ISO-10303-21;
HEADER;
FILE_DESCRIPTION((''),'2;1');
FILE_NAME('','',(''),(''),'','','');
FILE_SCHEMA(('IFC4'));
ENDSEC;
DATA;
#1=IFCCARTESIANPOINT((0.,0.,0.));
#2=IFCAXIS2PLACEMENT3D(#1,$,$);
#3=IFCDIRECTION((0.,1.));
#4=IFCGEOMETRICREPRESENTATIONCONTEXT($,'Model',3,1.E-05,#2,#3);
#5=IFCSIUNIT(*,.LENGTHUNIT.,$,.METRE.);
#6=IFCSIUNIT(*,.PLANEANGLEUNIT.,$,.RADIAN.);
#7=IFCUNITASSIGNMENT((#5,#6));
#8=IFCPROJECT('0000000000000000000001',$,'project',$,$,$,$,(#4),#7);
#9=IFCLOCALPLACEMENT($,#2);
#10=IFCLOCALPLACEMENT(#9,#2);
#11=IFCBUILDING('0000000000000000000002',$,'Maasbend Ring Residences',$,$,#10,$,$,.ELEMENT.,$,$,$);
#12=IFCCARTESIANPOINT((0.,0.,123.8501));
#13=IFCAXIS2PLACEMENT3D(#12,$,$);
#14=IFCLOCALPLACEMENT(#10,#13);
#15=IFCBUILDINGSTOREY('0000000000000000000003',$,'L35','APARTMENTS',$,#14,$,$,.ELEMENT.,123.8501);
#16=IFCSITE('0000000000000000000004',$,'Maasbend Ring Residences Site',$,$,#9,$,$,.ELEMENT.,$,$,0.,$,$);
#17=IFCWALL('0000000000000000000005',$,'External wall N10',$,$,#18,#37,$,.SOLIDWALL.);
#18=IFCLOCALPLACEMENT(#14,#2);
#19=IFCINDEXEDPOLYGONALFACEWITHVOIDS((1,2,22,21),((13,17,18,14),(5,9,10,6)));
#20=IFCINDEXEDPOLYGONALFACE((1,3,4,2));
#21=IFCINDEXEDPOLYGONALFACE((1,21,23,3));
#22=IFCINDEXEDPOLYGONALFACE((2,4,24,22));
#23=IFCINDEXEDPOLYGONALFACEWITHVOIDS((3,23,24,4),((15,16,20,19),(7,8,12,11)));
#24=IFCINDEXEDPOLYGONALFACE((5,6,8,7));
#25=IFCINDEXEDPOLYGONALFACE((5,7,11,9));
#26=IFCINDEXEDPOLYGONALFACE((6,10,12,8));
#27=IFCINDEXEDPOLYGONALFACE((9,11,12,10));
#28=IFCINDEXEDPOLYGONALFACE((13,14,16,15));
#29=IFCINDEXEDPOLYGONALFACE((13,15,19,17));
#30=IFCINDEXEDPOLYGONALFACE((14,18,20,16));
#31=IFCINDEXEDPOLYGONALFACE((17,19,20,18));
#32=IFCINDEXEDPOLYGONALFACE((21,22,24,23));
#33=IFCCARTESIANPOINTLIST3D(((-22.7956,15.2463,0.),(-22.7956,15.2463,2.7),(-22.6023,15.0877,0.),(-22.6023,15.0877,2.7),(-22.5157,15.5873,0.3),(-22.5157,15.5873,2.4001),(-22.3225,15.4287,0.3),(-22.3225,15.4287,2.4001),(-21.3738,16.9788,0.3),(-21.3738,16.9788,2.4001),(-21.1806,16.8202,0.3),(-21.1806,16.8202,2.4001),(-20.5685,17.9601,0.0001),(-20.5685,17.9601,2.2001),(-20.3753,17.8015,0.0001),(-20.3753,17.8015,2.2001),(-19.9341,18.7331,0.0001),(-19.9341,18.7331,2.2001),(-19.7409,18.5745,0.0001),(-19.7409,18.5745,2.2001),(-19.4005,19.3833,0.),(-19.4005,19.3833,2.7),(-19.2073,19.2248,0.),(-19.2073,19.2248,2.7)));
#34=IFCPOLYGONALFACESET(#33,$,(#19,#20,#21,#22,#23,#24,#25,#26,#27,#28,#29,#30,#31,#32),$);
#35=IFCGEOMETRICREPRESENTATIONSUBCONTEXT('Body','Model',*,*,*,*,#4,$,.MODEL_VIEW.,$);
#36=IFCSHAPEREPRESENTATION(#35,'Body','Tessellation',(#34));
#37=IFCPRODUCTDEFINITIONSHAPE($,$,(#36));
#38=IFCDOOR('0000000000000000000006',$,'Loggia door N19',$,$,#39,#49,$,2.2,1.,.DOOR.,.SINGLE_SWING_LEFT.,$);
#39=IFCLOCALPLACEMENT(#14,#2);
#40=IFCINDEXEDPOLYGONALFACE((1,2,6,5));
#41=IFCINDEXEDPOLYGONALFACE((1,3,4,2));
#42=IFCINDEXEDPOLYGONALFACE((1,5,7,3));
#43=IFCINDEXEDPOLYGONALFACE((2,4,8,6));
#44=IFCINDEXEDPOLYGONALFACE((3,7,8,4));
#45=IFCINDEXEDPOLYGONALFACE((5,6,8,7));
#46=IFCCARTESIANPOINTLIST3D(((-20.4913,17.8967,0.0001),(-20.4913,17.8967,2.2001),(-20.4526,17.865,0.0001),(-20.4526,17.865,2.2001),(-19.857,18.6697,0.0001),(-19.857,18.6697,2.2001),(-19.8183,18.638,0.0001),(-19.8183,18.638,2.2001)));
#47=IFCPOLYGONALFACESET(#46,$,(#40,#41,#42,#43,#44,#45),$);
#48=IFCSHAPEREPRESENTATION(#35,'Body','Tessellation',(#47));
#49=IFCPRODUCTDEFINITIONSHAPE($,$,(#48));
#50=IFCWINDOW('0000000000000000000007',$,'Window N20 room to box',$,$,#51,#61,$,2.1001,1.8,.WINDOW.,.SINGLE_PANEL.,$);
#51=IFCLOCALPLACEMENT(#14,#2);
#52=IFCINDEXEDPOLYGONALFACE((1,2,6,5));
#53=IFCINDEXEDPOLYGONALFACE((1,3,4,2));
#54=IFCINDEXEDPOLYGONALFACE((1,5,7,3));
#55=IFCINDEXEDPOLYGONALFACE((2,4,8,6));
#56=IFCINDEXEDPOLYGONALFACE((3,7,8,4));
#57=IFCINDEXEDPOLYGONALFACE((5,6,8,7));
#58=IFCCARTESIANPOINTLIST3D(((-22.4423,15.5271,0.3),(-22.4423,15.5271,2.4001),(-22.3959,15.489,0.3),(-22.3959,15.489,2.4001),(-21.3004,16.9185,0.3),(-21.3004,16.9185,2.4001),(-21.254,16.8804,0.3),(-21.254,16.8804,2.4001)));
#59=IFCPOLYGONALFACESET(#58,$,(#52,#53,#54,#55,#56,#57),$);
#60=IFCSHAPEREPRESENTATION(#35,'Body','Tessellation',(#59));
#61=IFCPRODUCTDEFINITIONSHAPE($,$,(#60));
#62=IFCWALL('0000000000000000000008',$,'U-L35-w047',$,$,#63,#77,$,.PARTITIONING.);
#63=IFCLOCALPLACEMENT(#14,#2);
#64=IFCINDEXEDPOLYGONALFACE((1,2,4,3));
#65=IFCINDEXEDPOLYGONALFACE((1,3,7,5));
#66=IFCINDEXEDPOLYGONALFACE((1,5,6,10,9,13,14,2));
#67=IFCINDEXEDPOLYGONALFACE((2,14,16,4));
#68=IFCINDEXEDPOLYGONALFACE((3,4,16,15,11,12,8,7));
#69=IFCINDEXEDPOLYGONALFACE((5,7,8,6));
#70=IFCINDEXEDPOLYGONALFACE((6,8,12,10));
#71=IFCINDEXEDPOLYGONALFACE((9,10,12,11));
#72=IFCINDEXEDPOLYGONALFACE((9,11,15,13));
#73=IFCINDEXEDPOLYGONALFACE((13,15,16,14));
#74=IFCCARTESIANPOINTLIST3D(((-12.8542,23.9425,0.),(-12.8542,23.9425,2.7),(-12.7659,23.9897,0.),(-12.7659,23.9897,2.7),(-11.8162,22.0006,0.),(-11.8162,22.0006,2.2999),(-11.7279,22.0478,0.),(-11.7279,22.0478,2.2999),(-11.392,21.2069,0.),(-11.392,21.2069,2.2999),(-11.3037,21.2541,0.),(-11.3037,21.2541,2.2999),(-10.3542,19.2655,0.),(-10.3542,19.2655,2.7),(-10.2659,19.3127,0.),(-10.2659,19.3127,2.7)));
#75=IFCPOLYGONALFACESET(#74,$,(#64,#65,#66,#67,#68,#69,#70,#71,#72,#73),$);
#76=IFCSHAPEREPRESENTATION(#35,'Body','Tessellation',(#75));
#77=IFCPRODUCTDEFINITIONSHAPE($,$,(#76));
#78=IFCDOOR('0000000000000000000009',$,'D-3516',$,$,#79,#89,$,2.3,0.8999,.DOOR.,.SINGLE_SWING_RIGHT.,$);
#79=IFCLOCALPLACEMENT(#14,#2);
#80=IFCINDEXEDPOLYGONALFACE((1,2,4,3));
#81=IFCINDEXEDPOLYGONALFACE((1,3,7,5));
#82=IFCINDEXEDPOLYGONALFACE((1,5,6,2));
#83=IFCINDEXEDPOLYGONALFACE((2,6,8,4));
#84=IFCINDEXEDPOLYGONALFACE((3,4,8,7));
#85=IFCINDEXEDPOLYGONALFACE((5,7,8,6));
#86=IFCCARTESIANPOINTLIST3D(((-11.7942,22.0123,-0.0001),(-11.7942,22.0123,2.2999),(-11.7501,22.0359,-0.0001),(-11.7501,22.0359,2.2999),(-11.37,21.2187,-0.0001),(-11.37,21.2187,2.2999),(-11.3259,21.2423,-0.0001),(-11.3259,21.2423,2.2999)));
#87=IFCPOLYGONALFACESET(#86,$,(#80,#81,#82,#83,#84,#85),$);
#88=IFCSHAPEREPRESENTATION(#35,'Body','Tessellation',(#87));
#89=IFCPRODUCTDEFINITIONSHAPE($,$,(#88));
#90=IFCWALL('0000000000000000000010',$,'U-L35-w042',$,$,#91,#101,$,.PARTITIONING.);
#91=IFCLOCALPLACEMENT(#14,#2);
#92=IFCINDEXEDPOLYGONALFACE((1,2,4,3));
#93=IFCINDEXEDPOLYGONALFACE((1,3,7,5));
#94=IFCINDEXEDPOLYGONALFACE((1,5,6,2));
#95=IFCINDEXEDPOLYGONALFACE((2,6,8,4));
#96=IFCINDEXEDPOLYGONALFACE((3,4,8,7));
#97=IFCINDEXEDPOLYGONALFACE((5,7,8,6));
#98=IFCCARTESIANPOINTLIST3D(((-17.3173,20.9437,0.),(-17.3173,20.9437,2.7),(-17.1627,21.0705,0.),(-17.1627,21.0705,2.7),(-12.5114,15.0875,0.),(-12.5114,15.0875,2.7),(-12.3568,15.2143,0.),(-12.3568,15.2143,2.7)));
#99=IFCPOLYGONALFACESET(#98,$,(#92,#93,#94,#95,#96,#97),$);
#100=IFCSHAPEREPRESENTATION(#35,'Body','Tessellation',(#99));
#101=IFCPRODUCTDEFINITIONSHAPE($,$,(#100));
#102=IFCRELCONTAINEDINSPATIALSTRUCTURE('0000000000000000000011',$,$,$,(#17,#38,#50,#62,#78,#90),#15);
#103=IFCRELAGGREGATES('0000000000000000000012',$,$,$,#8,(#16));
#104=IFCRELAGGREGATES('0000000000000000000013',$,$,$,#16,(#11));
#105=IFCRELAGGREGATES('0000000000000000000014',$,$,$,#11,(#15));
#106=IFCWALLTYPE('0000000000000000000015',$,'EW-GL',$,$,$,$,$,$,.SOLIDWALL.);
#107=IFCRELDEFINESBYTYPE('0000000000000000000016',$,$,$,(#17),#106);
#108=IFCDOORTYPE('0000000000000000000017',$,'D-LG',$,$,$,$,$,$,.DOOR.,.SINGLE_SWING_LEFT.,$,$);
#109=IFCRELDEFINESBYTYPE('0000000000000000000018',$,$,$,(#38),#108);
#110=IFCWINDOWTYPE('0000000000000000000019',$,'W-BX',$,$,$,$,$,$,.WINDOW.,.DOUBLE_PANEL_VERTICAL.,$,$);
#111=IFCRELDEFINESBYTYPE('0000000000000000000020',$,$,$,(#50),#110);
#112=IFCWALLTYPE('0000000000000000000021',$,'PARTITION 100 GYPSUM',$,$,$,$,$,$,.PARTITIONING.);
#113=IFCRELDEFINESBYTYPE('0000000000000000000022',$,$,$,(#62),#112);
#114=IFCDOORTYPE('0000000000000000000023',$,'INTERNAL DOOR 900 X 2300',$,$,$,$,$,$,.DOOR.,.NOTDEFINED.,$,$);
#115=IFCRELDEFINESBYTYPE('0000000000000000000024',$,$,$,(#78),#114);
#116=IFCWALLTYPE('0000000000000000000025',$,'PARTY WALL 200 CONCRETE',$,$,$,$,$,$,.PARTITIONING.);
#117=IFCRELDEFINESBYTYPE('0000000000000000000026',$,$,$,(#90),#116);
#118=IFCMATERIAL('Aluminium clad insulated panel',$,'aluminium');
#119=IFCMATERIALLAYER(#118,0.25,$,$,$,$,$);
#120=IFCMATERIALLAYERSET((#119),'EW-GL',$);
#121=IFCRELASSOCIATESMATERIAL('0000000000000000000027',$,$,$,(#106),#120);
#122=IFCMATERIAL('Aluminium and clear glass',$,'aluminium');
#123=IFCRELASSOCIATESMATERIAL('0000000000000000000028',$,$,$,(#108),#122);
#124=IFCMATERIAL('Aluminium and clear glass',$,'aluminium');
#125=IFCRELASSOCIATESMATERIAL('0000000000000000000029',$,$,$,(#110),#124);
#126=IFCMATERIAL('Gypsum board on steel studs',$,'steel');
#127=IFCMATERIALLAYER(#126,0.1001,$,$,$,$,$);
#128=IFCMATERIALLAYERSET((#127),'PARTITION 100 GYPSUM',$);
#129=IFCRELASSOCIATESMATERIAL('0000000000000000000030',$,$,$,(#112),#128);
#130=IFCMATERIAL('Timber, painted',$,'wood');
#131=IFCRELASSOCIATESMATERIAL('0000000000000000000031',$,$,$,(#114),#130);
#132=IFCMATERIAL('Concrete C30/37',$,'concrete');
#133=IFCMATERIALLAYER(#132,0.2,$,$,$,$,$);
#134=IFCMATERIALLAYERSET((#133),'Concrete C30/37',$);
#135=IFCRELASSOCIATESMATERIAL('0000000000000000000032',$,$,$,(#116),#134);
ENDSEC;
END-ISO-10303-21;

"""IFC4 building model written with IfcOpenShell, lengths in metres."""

from ifc_helpers import new_model, si_unit, direction, frame, frame_2d, origin, place, context, subcontext, project, spatial, rectangle, extrude, material, layer, layer_set, type_object, element, fill, save


model = new_model("IFC4")

# Units and contexts
model_context = context("Model", 3, precision=1e-05, world=origin(), true_north=direction((0.0, 1.0)))
body_context = subcontext(model_context, "Body", "Model", "MODEL_VIEW")
ifc_project = project(units=[si_unit("LENGTHUNIT", "METRE"), si_unit("PLANEANGLEUNIT", "RADIAN")], contexts=[model_context])

# Site, building, storey
site_placement = place(None, origin())
site = spatial("IfcSite", under=ifc_project, at=site_placement, Name="Maasbend Ring Residences Site", CompositionType="ELEMENT", RefElevation=0.0)
building_placement = place(site_placement, origin())
building = spatial("IfcBuilding", under=site, at=building_placement, Name="Maasbend Ring Residences", CompositionType="ELEMENT")
storey_placement = place(building_placement, frame((0.0, 0.0, 123.8501)))
storey = spatial("IfcBuildingStorey", under=building, at=storey_placement, Name="L35", Description="APARTMENTS", CompositionType="ELEMENT", Elevation=123.8501)

# Wall, openings, door, window
ifc_material_1 = material(Name="Aluminium clad insulated panel", Category="aluminium")
ifc_layer_1 = layer(ifc_material_1, 0.25)
ifc_layer_set_1 = layer_set([ifc_layer_1], Name="EW-GL")
wall_type_1 = type_object("IfcWallType", Name="EW-GL", PredefinedType="SOLIDWALL", material=ifc_layer_set_1)
ifc_material_2 = material(Name="Aluminium and clear glass", Category="aluminium")
door_type_1 = type_object("IfcDoorType", Name="D-LG", OperationType="SINGLE_SWING_LEFT", PredefinedType="DOOR", material=ifc_material_2)
ifc_material_3 = material(Name="Aluminium and clear glass", Category="aluminium")
window_type_1 = type_object("IfcWindowType", Name="W-BX", PartitioningType="DOUBLE_PANEL_VERTICAL", PredefinedType="WINDOW", material=ifc_material_3)
wall_1_placement = place(storey_placement, frame((-19.304, 19.304, 0.0), z_axis=(0.0, 0.0, 1.0), x_axis=(-0.634382, -0.773019, 0.0)))
wall_1 = element("IfcWall", 1, at=wall_1_placement, inside=storey, type_object=wall_type_1, Name="External wall N10", PredefinedType="SOLIDWALL", context=body_context, shape_type="SweptSolid", body=[
    extrude(rectangle(XDim=5.3518, YDim=0.25, at=frame_2d((2.6758, 0.0))), origin(), (0.0, 0.0, 1.0), 2.7),
])
opening_1_placement = place(wall_1_placement, frame((0.8411, 0.0, 0.0)))
opening_1 = element("IfcOpeningElement", 2, at=opening_1_placement, cuts=wall_1, PredefinedType="OPENING", context=body_context, shape_type="SweptSolid", body=[
    extrude(rectangle(XDim=1.0, YDim=2.2, at=frame_2d((0.5, 1.1001))), frame((0.0, 0.135, 0.0), z_axis=(0.0, -1.0, 0.0), x_axis=(1.0, 0.0, 0.0)), (0.0, 0.0, 1.0), 0.27),
])
opening_2_placement = place(wall_1_placement, frame((3.1106, 0.0, 0.3)))
opening_2 = element("IfcOpeningElement", 3, at=opening_2_placement, cuts=wall_1, PredefinedType="OPENING", context=body_context, shape_type="SweptSolid", body=[
    extrude(rectangle(XDim=1.8, YDim=2.1001, at=frame_2d((0.8999, 1.05))), frame((0.0, 0.135, 0.0), z_axis=(0.0, -1.0, 0.0), x_axis=(1.0, 0.0, 0.0)), (0.0, 0.0, 1.0), 0.27),
])
door_1_placement = place(opening_1_placement, origin())
door_1 = element("IfcDoor", 4, at=door_1_placement, inside=storey, type_object=door_type_1, Name="Loggia door N19", OperationType="SINGLE_SWING_LEFT", OverallHeight=2.2, OverallWidth=1.0, PredefinedType="DOOR", context=body_context, shape_type="SweptSolid", body=[
    extrude(rectangle(XDim=1.0, YDim=2.2, at=frame_2d((0.5, 1.1001))), frame((0.0, 0.0249, 0.0), z_axis=(0.0, -1.0, 0.0), x_axis=(1.0, 0.0, 0.0)), (0.0, 0.0, 1.0), 0.05),
])
fill(opening_1, door_1)
window_1_placement = place(opening_2_placement, origin())
window_1 = element("IfcWindow", 5, at=window_1_placement, inside=storey, type_object=window_type_1, Name="Window N20 room to box", OverallHeight=2.1001, OverallWidth=1.8, PartitioningType="SINGLE_PANEL", PredefinedType="WINDOW", context=body_context, shape_type="SweptSolid", body=[
    extrude(rectangle(XDim=1.8, YDim=2.1001, at=frame_2d((0.8999, 1.05))), frame((0.0, 0.03, 0.0), z_axis=(0.0, -1.0, 0.0), x_axis=(1.0, 0.0, 0.0)), (0.0, 0.0, 1.0), 0.0601),
])
fill(opening_2, window_1)

# Wall, opening, door
ifc_material_4 = material(Name="Gypsum board on steel studs", Category="steel")
ifc_layer_2 = layer(ifc_material_4, 0.1001)
ifc_layer_set_2 = layer_set([ifc_layer_2], Name="PARTITION 100 GYPSUM")
wall_type_2 = type_object("IfcWallType", Name="PARTITION 100 GYPSUM", PredefinedType="PARTITIONING", material=ifc_layer_set_2)
wall_2_placement = place(storey_placement, frame((-12.8101, 23.9661, 0.0), z_axis=(0.0, 0.0, 1.0), x_axis=(0.47141, -0.881914, 0.0)))
wall_2 = element("IfcWall", 6, at=wall_2_placement, inside=storey, type_object=wall_type_2, Name="U-L35-w047", PredefinedType="PARTITIONING", context=body_context, shape_type="SweptSolid", body=[
    extrude(rectangle(XDim=5.3032, YDim=0.1001, at=frame_2d((2.6516, 0.0))), origin(), (0.0, 0.0, 1.0), 2.7),
])
opening_3_placement = place(wall_2_placement, frame((2.2019, 0.0, 0.0)))
opening_3 = element("IfcOpeningElement", 7, at=opening_3_placement, cuts=wall_2, PredefinedType="OPENING", context=body_context, shape_type="SweptSolid", body=[
    extrude(rectangle(XDim=0.8999, YDim=2.3, at=frame_2d((0.45, 1.1499))), frame((0.0, 0.0601, 0.0), z_axis=(0.0, -1.0, 0.0), x_axis=(1.0, 0.0, 0.0)), (0.0, 0.0, 1.0), 0.1201),
])
ifc_material_5 = material(Name="Timber, painted", Category="wood")
door_type_2 = type_object("IfcDoorType", Name="INTERNAL DOOR 900 X 2300", OperationType="NOTDEFINED", PredefinedType="DOOR", material=ifc_material_5)
door_2_placement = place(opening_3_placement, origin())
door_2 = element("IfcDoor", 8, at=door_2_placement, inside=storey, type_object=door_type_2, Name="D-3516", OperationType="SINGLE_SWING_RIGHT", OverallHeight=2.3, OverallWidth=0.8999, PredefinedType="DOOR", context=body_context, shape_type="SweptSolid", body=[
    extrude(rectangle(XDim=0.8999, YDim=2.3, at=frame_2d((0.45, 1.1499))), frame((0.0, 0.0249, 0.0), z_axis=(0.0, -1.0, 0.0), x_axis=(1.0, 0.0, 0.0)), (0.0, 0.0, 1.0), 0.05),
])
fill(opening_3, door_2)

# Wall
ifc_material_6 = material(Name="Concrete C30/37", Category="concrete")
ifc_layer_3 = layer(ifc_material_6, 0.2)
ifc_layer_set_3 = layer_set([ifc_layer_3], Name="Concrete C30/37")
wall_type_3 = type_object("IfcWallType", Name="PARTY WALL 200 CONCRETE", PredefinedType="PARTITIONING", material=ifc_layer_set_3)
wall_3_placement = place(storey_placement, frame((-17.24, 21.0071, 0.0), z_axis=(0.0, 0.0, 1.0), x_axis=(0.634381, -0.77302, 0.0)))
element("IfcWall", 9, at=wall_3_placement, inside=storey, type_object=wall_type_3, Name="U-L35-w042", PredefinedType="PARTITIONING", context=body_context, shape_type="SweptSolid", body=[
    extrude(rectangle(XDim=7.5757, YDim=0.2, at=frame_2d((3.7878, 0.0))), origin(), (0.0, 0.0, 1.0), 2.7),
])

save(model, "model.ifc")
